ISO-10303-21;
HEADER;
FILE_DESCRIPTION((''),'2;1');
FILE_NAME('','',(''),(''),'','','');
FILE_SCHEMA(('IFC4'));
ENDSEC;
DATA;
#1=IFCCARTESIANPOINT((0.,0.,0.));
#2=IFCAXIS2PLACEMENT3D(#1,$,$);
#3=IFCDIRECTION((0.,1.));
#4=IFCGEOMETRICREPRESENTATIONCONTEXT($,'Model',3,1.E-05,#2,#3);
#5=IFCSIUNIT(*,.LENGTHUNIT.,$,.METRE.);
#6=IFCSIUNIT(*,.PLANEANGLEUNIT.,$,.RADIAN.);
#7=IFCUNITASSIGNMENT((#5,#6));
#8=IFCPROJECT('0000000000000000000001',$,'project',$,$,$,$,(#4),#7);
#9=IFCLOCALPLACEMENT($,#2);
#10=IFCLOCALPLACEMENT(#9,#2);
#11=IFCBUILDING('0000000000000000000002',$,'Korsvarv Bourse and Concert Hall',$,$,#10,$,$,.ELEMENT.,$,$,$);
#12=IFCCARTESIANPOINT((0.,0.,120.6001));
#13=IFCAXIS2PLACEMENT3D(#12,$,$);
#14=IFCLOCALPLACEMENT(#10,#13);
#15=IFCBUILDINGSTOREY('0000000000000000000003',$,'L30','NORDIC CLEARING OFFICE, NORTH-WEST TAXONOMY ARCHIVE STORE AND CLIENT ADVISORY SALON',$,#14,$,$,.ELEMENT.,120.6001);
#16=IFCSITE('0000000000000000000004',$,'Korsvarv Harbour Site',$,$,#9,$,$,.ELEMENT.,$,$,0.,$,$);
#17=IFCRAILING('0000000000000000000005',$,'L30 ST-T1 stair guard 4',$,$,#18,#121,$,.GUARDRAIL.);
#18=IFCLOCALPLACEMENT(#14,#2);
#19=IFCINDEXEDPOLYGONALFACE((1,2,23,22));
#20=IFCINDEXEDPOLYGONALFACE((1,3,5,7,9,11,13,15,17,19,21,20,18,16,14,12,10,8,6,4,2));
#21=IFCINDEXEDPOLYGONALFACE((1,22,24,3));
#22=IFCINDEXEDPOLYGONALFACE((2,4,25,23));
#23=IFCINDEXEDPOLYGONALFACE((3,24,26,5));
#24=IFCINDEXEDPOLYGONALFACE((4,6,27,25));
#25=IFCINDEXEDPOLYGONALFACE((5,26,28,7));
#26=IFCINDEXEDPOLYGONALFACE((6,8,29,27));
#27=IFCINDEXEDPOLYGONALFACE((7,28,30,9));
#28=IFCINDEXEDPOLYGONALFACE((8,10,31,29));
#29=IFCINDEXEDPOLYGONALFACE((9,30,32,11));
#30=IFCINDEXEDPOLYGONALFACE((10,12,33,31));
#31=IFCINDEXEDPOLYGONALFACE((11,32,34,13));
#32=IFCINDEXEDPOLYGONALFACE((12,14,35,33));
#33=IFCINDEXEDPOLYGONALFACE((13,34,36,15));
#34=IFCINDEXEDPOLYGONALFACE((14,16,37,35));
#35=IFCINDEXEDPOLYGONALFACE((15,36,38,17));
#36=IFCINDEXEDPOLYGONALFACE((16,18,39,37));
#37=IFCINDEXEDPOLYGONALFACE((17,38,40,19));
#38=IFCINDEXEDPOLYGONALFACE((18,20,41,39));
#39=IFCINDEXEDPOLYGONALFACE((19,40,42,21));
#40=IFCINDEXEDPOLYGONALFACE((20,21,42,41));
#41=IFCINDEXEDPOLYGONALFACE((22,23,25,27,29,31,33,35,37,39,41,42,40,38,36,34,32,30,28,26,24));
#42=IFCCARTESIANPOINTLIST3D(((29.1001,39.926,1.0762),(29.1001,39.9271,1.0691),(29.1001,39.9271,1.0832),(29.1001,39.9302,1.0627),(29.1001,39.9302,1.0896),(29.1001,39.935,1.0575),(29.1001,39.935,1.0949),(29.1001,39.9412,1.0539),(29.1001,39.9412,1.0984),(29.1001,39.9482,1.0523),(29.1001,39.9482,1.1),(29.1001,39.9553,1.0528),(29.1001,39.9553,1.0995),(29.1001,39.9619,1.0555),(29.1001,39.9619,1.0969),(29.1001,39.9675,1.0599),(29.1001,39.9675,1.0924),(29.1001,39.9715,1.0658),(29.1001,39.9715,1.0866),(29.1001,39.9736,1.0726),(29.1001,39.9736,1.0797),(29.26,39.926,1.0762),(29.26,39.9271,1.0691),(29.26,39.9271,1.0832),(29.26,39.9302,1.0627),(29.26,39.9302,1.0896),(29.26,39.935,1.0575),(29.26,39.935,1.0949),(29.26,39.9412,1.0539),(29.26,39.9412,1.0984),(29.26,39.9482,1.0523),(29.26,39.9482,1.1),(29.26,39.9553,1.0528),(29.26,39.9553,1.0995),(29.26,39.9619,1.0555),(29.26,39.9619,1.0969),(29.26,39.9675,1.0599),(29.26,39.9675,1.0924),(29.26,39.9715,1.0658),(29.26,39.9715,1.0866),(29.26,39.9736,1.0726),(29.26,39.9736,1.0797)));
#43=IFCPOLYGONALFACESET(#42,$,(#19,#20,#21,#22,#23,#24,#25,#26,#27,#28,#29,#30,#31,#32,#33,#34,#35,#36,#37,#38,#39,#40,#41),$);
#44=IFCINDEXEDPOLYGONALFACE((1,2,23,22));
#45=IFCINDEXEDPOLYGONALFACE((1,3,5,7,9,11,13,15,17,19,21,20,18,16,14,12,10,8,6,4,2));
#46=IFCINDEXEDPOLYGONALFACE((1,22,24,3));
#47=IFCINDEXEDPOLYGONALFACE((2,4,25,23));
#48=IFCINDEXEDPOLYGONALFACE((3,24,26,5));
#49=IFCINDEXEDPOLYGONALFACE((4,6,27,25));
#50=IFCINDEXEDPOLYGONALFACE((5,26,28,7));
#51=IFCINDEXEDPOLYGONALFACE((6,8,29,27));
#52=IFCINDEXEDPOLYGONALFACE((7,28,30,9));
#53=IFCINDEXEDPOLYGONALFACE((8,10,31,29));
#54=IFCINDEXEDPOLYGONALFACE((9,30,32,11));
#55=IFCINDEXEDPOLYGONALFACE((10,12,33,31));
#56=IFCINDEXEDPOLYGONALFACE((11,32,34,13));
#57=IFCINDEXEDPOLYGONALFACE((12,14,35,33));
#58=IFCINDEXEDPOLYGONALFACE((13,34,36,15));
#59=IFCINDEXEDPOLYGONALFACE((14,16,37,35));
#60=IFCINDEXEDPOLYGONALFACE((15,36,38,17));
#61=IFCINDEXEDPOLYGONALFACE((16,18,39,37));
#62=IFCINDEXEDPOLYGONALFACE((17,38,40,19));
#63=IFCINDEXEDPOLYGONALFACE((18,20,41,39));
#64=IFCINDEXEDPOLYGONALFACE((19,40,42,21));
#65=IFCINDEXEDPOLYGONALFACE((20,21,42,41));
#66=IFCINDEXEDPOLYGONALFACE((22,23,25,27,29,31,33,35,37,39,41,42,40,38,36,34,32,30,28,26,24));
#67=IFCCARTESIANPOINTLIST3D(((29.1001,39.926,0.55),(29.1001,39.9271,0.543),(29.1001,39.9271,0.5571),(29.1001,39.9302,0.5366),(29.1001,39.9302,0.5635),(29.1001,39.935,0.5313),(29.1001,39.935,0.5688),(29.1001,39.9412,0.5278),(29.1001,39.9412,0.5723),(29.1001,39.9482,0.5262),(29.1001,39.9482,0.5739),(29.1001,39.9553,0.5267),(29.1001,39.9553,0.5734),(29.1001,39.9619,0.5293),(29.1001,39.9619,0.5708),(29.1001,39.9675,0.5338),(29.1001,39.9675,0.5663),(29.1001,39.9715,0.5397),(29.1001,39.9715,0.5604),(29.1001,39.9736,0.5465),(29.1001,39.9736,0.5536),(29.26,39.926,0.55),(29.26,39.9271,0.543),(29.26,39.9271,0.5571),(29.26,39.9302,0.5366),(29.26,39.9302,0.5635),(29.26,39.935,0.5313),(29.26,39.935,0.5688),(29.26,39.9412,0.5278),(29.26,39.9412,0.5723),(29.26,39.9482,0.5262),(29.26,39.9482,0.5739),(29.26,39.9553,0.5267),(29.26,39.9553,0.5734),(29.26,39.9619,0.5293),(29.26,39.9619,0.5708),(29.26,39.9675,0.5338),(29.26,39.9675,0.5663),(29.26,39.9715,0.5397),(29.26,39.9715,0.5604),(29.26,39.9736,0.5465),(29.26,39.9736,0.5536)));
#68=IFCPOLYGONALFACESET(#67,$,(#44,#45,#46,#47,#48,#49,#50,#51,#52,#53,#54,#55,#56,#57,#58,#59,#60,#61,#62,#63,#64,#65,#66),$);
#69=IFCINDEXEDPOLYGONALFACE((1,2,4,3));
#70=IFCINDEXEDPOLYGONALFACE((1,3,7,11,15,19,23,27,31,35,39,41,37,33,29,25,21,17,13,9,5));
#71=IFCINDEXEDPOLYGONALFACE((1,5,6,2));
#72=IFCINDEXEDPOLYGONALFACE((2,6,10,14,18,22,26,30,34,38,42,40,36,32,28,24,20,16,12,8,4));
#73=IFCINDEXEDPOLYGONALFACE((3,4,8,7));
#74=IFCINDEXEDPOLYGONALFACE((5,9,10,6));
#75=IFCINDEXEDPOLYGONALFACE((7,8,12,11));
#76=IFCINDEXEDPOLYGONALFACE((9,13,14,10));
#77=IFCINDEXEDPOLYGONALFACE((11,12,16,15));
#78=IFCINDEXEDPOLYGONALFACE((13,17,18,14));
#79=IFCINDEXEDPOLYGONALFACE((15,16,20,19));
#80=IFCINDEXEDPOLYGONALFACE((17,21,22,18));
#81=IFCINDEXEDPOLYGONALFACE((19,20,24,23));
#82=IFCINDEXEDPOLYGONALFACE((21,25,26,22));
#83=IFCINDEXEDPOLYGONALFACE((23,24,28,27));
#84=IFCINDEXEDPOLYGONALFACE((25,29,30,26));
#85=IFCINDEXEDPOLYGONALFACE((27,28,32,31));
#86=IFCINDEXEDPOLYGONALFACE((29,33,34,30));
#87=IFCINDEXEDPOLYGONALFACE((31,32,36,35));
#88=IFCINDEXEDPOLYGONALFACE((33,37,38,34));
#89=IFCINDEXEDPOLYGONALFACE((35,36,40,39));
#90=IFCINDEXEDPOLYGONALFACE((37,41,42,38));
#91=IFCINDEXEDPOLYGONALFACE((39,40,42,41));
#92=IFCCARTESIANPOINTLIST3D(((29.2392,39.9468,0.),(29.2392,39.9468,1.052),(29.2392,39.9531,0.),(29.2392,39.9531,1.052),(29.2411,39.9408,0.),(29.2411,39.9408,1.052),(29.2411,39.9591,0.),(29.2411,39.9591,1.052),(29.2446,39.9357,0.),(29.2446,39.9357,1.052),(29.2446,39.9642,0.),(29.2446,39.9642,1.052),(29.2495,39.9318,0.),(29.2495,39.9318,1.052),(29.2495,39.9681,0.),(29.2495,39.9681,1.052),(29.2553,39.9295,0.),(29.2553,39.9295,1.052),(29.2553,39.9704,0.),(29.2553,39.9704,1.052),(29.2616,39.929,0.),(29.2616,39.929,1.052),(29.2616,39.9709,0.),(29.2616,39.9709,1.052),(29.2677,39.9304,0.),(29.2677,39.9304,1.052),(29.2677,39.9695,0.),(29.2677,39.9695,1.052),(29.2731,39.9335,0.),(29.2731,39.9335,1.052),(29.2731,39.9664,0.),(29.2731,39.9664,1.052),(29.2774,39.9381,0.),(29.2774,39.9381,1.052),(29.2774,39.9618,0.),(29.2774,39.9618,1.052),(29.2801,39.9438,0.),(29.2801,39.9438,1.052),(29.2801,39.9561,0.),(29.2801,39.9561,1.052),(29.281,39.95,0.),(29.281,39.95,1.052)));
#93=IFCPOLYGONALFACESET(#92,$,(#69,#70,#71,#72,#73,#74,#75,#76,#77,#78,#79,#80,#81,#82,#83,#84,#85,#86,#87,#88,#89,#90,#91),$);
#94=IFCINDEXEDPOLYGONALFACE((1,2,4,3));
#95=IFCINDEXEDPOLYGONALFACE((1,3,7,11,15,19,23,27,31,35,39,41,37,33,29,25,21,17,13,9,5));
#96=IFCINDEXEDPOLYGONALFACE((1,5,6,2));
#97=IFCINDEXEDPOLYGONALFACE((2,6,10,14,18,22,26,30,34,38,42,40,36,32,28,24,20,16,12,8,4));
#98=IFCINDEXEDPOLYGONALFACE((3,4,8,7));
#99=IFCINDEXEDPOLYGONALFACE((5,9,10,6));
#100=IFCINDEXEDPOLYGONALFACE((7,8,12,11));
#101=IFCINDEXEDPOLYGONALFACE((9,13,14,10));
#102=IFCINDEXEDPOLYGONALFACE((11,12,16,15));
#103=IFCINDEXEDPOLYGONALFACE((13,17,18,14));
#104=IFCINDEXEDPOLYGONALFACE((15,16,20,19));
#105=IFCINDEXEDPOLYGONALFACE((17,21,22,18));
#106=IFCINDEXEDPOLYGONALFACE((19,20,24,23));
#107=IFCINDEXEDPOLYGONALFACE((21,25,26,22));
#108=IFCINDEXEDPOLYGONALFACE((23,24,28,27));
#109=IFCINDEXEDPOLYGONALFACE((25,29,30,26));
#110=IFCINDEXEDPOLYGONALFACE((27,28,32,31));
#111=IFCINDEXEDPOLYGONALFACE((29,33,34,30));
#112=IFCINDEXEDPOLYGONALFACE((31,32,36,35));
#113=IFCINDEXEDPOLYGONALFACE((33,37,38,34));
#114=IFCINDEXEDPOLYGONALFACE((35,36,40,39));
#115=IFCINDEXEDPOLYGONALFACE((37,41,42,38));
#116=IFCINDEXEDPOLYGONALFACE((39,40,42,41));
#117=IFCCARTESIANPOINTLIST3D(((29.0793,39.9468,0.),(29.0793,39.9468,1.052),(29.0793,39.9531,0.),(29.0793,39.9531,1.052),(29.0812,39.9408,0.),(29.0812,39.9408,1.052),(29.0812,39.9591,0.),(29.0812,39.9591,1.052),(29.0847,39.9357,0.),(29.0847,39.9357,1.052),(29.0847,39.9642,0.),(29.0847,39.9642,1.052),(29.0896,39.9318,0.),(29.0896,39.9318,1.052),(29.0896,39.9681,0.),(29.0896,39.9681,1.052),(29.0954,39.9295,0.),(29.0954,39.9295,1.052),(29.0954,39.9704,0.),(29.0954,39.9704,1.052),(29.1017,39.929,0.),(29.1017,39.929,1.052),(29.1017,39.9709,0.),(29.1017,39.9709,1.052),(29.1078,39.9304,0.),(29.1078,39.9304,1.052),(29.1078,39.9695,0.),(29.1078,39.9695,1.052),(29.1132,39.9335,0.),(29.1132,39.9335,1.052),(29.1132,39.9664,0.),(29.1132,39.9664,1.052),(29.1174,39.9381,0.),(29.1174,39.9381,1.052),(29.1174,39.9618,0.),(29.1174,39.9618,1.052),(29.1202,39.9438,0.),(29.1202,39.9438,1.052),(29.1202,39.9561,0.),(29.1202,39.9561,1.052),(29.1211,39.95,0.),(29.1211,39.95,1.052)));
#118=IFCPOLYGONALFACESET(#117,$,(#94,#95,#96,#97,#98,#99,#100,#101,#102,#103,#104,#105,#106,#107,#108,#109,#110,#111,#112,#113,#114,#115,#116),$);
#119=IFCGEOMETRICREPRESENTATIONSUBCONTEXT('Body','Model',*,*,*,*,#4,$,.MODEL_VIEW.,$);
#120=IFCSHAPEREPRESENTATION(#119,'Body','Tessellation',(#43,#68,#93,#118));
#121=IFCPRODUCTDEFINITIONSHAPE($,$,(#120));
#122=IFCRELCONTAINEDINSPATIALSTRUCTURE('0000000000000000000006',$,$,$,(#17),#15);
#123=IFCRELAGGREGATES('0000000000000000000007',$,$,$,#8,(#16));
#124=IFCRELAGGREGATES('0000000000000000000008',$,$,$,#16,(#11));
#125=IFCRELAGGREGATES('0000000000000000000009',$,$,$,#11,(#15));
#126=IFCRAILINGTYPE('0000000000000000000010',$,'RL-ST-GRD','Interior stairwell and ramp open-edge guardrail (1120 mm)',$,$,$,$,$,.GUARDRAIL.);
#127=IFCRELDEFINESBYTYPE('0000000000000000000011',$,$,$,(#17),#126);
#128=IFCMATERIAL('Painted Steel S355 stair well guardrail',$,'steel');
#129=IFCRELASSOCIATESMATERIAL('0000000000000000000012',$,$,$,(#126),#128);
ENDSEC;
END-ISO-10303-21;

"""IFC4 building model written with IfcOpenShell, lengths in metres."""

from ifc_helpers import new_model, si_unit, direction, frame, origin, origin_2d, place, context, subcontext, project, spatial, circle, extrude, material, type_object, element, save


model = new_model("IFC4")

# Units and contexts
model_context = context("Model", 3, precision=1e-05, world=origin(), true_north=direction((0.0, 1.0)))
body_context = subcontext(model_context, "Body", "Model", "MODEL_VIEW")
ifc_project = project(units=[si_unit("LENGTHUNIT", "METRE"), si_unit("PLANEANGLEUNIT", "RADIAN")], contexts=[model_context])

# Site, building, storey
site_placement = place(None, origin())
site = spatial("IfcSite", under=ifc_project, at=site_placement, Name="Korsvarv Harbour Site", CompositionType="ELEMENT", RefElevation=0.0)
building_placement = place(site_placement, origin())
building = spatial("IfcBuilding", under=site, at=building_placement, Name="Korsvarv Bourse and Concert Hall", CompositionType="ELEMENT")
storey_placement = place(building_placement, frame((0.0, 0.0, 120.6001)))
storey = spatial("IfcBuildingStorey", under=building, at=storey_placement, Name="L30", Description="NORDIC CLEARING OFFICE, NORTH-WEST TAXONOMY ARCHIVE STORE AND CLIENT ADVISORY SALON", CompositionType="ELEMENT", Elevation=120.6001)

# Railing
ifc_material_1 = material(Name="Painted Steel S355 stair well guardrail", Category="steel")
railing_type_1 = type_object("IfcRailingType", Name="RL-ST-GRD", Description="Interior stairwell and ramp open-edge guardrail (1120 mm)", PredefinedType="GUARDRAIL", material=ifc_material_1)
railing_1_placement = place(storey_placement, frame((29.26, 39.95, 0.0)))
element("IfcRailing", 1, at=railing_1_placement, inside=storey, type_object=railing_type_1, Name="L30 ST-T1 stair guard 4", PredefinedType="GUARDRAIL", context=body_context, shape_type="SweptSolid", body=[
    extrude(circle(Radius=0.0239, at=origin_2d()), frame((0.0, 0.0, 1.0762), z_axis=(-1.0, 0.0, 0.0), x_axis=(0.0, -1.0, 0.0)), (0.0, 0.0, 1.0), 0.1599),
    extrude(circle(Radius=0.0239, at=origin_2d()), frame((0.0, 0.0, 0.55), z_axis=(-1.0, 0.0, 0.0), x_axis=(0.0, -1.0, 0.0)), (0.0, 0.0, 1.0), 0.1599),
    extrude(circle(Radius=0.021, at=origin_2d()), origin(), (0.0, 0.0, 1.0), 1.052),
    extrude(circle(Radius=0.021, at=origin_2d()), frame((-0.1599, 0.0, 0.0)), (0.0, 0.0, 1.0), 1.052),
])

save(model, "model.ifc")
